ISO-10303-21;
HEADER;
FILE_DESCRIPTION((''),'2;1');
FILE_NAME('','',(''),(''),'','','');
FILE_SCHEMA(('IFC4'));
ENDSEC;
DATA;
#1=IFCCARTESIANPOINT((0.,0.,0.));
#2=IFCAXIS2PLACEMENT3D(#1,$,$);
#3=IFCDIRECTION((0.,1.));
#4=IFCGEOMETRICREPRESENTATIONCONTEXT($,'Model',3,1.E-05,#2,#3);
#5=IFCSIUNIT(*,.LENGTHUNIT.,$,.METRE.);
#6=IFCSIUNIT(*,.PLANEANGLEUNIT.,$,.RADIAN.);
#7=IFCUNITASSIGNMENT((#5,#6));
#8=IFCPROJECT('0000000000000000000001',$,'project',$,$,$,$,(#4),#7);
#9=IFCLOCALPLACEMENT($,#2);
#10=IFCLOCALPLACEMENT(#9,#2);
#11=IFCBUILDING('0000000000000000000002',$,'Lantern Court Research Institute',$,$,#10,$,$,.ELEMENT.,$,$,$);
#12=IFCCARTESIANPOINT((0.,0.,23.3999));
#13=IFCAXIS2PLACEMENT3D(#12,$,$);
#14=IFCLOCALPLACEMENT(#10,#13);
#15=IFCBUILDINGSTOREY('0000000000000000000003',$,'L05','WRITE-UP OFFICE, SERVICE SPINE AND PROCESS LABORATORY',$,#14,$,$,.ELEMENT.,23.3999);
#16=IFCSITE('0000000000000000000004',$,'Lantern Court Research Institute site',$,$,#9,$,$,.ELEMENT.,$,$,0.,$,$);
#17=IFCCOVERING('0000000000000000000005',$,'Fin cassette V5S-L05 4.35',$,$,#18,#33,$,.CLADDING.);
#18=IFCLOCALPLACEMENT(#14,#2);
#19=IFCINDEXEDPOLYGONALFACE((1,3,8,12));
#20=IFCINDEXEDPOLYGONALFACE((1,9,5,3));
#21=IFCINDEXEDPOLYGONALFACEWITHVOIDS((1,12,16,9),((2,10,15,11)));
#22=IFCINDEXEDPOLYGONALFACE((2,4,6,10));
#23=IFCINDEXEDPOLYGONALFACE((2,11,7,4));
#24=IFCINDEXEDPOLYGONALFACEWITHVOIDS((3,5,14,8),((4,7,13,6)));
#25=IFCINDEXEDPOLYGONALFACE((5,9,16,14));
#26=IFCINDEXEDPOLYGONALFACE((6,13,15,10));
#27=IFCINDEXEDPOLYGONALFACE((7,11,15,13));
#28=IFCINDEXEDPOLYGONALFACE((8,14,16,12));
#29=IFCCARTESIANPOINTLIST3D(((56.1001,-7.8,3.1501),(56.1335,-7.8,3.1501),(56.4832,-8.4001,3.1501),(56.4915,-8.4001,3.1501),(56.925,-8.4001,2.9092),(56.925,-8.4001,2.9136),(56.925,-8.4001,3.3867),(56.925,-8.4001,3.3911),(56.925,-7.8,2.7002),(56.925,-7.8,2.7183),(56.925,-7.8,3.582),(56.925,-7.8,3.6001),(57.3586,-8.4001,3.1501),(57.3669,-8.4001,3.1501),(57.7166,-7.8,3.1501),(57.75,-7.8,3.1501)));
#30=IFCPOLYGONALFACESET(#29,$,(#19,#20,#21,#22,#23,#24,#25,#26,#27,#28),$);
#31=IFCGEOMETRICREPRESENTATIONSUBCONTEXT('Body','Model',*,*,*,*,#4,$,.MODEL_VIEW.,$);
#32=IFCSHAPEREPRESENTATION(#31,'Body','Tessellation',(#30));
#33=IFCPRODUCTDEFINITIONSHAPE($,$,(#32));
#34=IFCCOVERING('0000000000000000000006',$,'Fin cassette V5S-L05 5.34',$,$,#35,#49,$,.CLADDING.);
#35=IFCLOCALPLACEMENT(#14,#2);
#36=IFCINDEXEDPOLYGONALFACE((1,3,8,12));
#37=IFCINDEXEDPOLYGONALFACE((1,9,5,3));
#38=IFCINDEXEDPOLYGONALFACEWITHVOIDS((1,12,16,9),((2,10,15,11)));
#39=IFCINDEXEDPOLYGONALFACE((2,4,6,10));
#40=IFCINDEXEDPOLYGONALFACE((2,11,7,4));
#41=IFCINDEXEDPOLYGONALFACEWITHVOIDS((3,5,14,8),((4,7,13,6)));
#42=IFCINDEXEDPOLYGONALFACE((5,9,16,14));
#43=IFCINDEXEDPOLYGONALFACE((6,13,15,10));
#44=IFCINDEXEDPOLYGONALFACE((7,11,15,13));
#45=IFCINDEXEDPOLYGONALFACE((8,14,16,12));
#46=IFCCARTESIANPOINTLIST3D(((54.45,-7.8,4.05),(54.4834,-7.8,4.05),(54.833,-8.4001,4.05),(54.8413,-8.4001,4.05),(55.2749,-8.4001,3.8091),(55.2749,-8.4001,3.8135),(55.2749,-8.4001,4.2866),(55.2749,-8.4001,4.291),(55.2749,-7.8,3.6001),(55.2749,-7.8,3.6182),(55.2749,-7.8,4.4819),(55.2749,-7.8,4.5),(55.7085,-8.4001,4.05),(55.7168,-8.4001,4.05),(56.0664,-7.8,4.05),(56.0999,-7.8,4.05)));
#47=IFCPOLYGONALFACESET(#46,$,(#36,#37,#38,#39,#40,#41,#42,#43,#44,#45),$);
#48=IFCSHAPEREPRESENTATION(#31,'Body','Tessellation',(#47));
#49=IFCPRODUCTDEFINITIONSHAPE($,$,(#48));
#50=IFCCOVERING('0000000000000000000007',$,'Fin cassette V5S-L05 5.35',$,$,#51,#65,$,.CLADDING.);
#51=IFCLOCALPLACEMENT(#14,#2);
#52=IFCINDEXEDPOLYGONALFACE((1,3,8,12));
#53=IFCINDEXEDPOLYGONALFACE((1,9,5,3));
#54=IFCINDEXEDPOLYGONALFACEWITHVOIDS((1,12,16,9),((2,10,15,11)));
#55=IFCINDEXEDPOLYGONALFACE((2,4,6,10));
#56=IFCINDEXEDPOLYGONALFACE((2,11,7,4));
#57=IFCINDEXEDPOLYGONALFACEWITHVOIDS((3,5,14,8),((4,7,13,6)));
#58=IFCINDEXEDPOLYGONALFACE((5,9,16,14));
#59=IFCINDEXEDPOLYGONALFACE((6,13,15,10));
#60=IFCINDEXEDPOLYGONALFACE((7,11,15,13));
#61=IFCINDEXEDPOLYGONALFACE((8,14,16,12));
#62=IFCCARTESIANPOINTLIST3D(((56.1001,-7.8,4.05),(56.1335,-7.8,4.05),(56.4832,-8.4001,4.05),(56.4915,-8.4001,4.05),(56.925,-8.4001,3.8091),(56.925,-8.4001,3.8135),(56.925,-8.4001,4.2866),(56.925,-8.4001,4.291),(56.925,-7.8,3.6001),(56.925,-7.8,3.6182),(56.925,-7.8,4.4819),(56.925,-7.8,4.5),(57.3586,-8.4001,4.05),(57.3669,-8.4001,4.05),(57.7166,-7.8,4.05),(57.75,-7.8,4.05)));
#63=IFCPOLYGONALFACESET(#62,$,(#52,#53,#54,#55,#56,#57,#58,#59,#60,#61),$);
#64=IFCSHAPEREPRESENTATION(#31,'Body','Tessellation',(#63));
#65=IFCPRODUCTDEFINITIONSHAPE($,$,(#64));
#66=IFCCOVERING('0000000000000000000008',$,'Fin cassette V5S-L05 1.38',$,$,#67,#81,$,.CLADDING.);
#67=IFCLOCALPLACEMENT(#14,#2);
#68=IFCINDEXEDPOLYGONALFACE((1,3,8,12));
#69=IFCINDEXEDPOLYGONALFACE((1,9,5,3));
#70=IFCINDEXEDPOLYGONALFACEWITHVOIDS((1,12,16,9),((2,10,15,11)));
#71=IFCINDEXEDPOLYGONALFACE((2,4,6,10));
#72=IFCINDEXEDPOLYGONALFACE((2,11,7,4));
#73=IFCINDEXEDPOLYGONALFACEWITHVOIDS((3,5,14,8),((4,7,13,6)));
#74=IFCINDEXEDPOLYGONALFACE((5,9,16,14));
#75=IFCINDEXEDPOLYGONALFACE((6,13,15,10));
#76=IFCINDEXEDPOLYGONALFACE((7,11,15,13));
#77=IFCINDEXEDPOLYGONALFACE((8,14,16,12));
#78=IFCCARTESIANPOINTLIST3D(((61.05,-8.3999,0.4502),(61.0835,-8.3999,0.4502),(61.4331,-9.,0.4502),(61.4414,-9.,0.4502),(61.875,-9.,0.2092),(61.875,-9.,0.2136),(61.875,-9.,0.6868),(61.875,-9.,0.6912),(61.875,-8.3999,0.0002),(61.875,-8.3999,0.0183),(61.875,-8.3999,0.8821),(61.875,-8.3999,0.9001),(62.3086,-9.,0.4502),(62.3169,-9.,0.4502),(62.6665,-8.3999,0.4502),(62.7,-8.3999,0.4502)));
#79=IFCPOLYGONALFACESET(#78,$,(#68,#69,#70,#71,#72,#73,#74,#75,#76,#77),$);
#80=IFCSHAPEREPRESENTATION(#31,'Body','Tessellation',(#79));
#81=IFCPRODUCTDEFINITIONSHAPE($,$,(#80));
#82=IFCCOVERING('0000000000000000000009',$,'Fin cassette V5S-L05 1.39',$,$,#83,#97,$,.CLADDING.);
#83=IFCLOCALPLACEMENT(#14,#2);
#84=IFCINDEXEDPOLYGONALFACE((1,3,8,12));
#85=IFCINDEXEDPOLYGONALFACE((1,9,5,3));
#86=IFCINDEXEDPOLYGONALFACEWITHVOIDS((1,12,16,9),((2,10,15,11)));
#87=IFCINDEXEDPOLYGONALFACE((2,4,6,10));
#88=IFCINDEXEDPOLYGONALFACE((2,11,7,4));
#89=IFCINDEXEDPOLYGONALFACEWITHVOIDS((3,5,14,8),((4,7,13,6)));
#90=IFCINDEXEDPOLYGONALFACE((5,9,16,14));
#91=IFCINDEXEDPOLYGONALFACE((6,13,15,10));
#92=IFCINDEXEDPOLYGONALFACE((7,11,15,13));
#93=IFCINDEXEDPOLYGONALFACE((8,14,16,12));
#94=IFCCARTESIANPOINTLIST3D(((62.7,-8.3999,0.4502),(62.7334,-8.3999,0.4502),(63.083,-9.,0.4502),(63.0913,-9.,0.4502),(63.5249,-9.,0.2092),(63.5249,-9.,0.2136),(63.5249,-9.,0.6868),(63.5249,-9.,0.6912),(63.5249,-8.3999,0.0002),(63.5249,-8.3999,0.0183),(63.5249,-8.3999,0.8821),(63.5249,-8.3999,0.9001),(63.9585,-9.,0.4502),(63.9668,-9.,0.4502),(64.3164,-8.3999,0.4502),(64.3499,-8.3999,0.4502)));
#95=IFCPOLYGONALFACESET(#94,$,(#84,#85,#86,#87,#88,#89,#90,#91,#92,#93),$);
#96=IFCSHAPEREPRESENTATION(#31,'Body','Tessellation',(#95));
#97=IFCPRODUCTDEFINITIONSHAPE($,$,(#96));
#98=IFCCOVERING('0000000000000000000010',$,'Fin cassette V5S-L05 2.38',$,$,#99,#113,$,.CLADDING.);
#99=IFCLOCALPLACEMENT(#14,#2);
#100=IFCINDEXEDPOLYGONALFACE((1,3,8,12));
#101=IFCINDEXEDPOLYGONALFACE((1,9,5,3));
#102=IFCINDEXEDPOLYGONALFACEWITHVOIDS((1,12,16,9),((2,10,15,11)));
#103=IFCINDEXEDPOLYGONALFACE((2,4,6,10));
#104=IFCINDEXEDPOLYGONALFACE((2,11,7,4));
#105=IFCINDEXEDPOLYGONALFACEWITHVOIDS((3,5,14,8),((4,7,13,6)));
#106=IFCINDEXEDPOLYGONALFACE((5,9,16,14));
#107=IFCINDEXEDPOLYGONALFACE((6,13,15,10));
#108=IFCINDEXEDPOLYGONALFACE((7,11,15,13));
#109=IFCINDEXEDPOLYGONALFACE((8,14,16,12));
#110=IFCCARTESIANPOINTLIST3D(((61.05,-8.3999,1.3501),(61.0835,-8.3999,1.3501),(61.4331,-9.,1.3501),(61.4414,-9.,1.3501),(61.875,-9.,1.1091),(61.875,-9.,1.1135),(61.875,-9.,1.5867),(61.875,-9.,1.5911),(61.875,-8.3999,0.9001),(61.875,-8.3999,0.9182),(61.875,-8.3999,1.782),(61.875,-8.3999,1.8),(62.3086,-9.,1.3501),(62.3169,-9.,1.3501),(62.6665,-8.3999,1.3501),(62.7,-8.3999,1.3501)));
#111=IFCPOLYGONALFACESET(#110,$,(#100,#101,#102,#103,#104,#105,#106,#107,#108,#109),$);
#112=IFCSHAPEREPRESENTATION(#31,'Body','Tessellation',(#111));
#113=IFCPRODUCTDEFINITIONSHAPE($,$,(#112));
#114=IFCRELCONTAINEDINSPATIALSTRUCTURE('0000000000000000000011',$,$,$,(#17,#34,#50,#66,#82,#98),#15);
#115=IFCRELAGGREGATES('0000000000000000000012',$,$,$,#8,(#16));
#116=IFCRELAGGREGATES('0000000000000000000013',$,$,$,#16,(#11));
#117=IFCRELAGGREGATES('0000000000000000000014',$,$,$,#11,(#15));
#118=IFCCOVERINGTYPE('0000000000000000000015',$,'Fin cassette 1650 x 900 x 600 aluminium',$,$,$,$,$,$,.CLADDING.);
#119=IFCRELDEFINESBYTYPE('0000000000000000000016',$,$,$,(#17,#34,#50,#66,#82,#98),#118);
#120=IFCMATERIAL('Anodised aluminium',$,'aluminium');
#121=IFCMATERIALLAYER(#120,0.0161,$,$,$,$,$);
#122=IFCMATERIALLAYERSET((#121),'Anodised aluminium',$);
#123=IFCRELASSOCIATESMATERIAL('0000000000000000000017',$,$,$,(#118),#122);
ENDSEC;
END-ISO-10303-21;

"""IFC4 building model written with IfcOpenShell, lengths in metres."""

from ifc_helpers import new_model, entity, si_unit, direction, frame, origin, place, context, subcontext, project, spatial, material, layer, layer_set, type_object, element, save


model = new_model("IFC4")

# Units and contexts
model_context = context("Model", 3, precision=1e-05, world=origin(), true_north=direction((0.0, 1.0)))
body_context = subcontext(model_context, "Body", "Model", "MODEL_VIEW")
ifc_project = project(units=[si_unit("LENGTHUNIT", "METRE"), si_unit("PLANEANGLEUNIT", "RADIAN")], contexts=[model_context])

# Site, building, storey
site_placement = place(None, origin())
site = spatial("IfcSite", under=ifc_project, at=site_placement, Name="Lantern Court Research Institute site", CompositionType="ELEMENT", RefElevation=0.0)
building_placement = place(site_placement, origin())
building = spatial("IfcBuilding", under=site, at=building_placement, Name="Lantern Court Research Institute", CompositionType="ELEMENT")
storey_placement = place(building_placement, frame((0.0, 0.0, 23.3999)))
storey = spatial("IfcBuildingStorey", under=building, at=storey_placement, Name="L05", Description="WRITE-UP OFFICE, SERVICE SPINE AND PROCESS LABORATORY", CompositionType="ELEMENT", Elevation=23.3999)

# Coverings
ifc_material_1 = material(Name="Anodised aluminium", Category="aluminium")
ifc_layer_1 = layer(ifc_material_1, 0.0161)
ifc_layer_set_1 = layer_set([ifc_layer_1], Name="Anodised aluminium")
covering_type = type_object("IfcCoveringType", Name="Fin cassette 1650 x 900 x 600 aluminium", PredefinedType="CLADDING", material=ifc_layer_set_1)
covering_1_placement = place(storey_placement, frame((56.925, -7.8, 3.1501), z_axis=(0.0, -1.0, 0.0), x_axis=(1.0, 0.0, 0.0)))
cartesian_point_1 = entity("IfcCartesianPoint", [0.825, 0.0])
cartesian_point_2 = entity("IfcCartesianPoint", [0.7915, 0.0])
cartesian_point_3 = entity("IfcCartesianPoint", [0.4419, 0.0])
cartesian_point_4 = entity("IfcCartesianPoint", [0.4336, 0.0])
element("IfcCovering", 1, at=covering_1_placement, inside=storey, type_object=covering_type, Name="Fin cassette V5S-L05 4.35", PredefinedType="CLADDING", context=body_context, shape_type="SweptSolid", body=[
    entity("IfcExtrudedAreaSolidTapered", entity("IfcArbitraryProfileDefWithVoids", "AREA", None, entity("IfcPolyline", [cartesian_point_1, entity("IfcCartesianPoint", [0.0, 0.45]), entity("IfcCartesianPoint", [-0.825, 0.0]), entity("IfcCartesianPoint", [0.0, -0.45]), cartesian_point_1]), [entity("IfcPolyline", [cartesian_point_2, entity("IfcCartesianPoint", [0.0, 0.4319]), entity("IfcCartesianPoint", [-0.7915, 0.0]), entity("IfcCartesianPoint", [0.0, -0.4319]), cartesian_point_2])]), entity("IfcAxis2Placement3D", entity("IfcCartesianPoint", [0.0, 0.0, 0.0])), entity("IfcDirection", [0.0, 0.0, 1.0]), 0.6001, entity("IfcArbitraryProfileDefWithVoids", "AREA", None, entity("IfcPolyline", [cartesian_point_3, entity("IfcCartesianPoint", [0.0, 0.241]), entity("IfcCartesianPoint", [-0.4419, 0.0]), entity("IfcCartesianPoint", [0.0, -0.241]), cartesian_point_3]), [entity("IfcPolyline", [cartesian_point_4, entity("IfcCartesianPoint", [0.0, 0.2366]), entity("IfcCartesianPoint", [-0.4336, 0.0]), entity("IfcCartesianPoint", [0.0, -0.2366]), cartesian_point_4])])),
])
covering_2_placement = place(storey_placement, frame((55.2749, -7.8, 4.05), z_axis=(0.0, -1.0, 0.0), x_axis=(1.0, 0.0, 0.0)))
cartesian_point_5 = entity("IfcCartesianPoint", [0.825, 0.0])
cartesian_point_6 = entity("IfcCartesianPoint", [0.7915, 0.0])
cartesian_point_7 = entity("IfcCartesianPoint", [0.4419, 0.0])
cartesian_point_8 = entity("IfcCartesianPoint", [0.4336, 0.0])
element("IfcCovering", 2, at=covering_2_placement, inside=storey, type_object=covering_type, Name="Fin cassette V5S-L05 5.34", PredefinedType="CLADDING", context=body_context, shape_type="SweptSolid", body=[
    entity("IfcExtrudedAreaSolidTapered", entity("IfcArbitraryProfileDefWithVoids", "AREA", None, entity("IfcPolyline", [cartesian_point_5, entity("IfcCartesianPoint", [0.0, 0.45]), entity("IfcCartesianPoint", [-0.825, 0.0]), entity("IfcCartesianPoint", [0.0, -0.45]), cartesian_point_5]), [entity("IfcPolyline", [cartesian_point_6, entity("IfcCartesianPoint", [0.0, 0.4319]), entity("IfcCartesianPoint", [-0.7915, 0.0]), entity("IfcCartesianPoint", [0.0, -0.4319]), cartesian_point_6])]), entity("IfcAxis2Placement3D", entity("IfcCartesianPoint", [0.0, 0.0, 0.0])), entity("IfcDirection", [0.0, 0.0, 1.0]), 0.6001, entity("IfcArbitraryProfileDefWithVoids", "AREA", None, entity("IfcPolyline", [cartesian_point_7, entity("IfcCartesianPoint", [0.0, 0.241]), entity("IfcCartesianPoint", [-0.4419, 0.0]), entity("IfcCartesianPoint", [0.0, -0.241]), cartesian_point_7]), [entity("IfcPolyline", [cartesian_point_8, entity("IfcCartesianPoint", [0.0, 0.2366]), entity("IfcCartesianPoint", [-0.4336, 0.0]), entity("IfcCartesianPoint", [0.0, -0.2366]), cartesian_point_8])])),
])
covering_3_placement = place(storey_placement, frame((56.925, -7.8, 4.05), z_axis=(0.0, -1.0, 0.0), x_axis=(1.0, 0.0, 0.0)))
cartesian_point_9 = entity("IfcCartesianPoint", [0.825, 0.0])
cartesian_point_10 = entity("IfcCartesianPoint", [0.7915, 0.0])
cartesian_point_11 = entity("IfcCartesianPoint", [0.4419, 0.0])
cartesian_point_12 = entity("IfcCartesianPoint", [0.4336, 0.0])
element("IfcCovering", 3, at=covering_3_placement, inside=storey, type_object=covering_type, Name="Fin cassette V5S-L05 5.35", PredefinedType="CLADDING", context=body_context, shape_type="SweptSolid", body=[
    entity("IfcExtrudedAreaSolidTapered", entity("IfcArbitraryProfileDefWithVoids", "AREA", None, entity("IfcPolyline", [cartesian_point_9, entity("IfcCartesianPoint", [0.0, 0.45]), entity("IfcCartesianPoint", [-0.825, 0.0]), entity("IfcCartesianPoint", [0.0, -0.45]), cartesian_point_9]), [entity("IfcPolyline", [cartesian_point_10, entity("IfcCartesianPoint", [0.0, 0.4319]), entity("IfcCartesianPoint", [-0.7915, 0.0]), entity("IfcCartesianPoint", [0.0, -0.4319]), cartesian_point_10])]), entity("IfcAxis2Placement3D", entity("IfcCartesianPoint", [0.0, 0.0, 0.0])), entity("IfcDirection", [0.0, 0.0, 1.0]), 0.6001, entity("IfcArbitraryProfileDefWithVoids", "AREA", None, entity("IfcPolyline", [cartesian_point_11, entity("IfcCartesianPoint", [0.0, 0.241]), entity("IfcCartesianPoint", [-0.4419, 0.0]), entity("IfcCartesianPoint", [0.0, -0.241]), cartesian_point_11]), [entity("IfcPolyline", [cartesian_point_12, entity("IfcCartesianPoint", [0.0, 0.2366]), entity("IfcCartesianPoint", [-0.4336, 0.0]), entity("IfcCartesianPoint", [0.0, -0.2366]), cartesian_point_12])])),
])
covering_4_placement = place(storey_placement, frame((61.875, -8.3999, 0.4502), z_axis=(0.0, -1.0, 0.0), x_axis=(1.0, 0.0, 0.0)))
cartesian_point_13 = entity("IfcCartesianPoint", [0.825, 0.0])
cartesian_point_14 = entity("IfcCartesianPoint", [0.7915, 0.0])
cartesian_point_15 = entity("IfcCartesianPoint", [0.4419, 0.0])
cartesian_point_16 = entity("IfcCartesianPoint", [0.4336, 0.0])
element("IfcCovering", 4, at=covering_4_placement, inside=storey, type_object=covering_type, Name="Fin cassette V5S-L05 1.38", PredefinedType="CLADDING", context=body_context, shape_type="SweptSolid", body=[
    entity("IfcExtrudedAreaSolidTapered", entity("IfcArbitraryProfileDefWithVoids", "AREA", None, entity("IfcPolyline", [cartesian_point_13, entity("IfcCartesianPoint", [0.0, 0.45]), entity("IfcCartesianPoint", [-0.825, 0.0]), entity("IfcCartesianPoint", [0.0, -0.45]), cartesian_point_13]), [entity("IfcPolyline", [cartesian_point_14, entity("IfcCartesianPoint", [0.0, 0.4319]), entity("IfcCartesianPoint", [-0.7915, 0.0]), entity("IfcCartesianPoint", [0.0, -0.4319]), cartesian_point_14])]), entity("IfcAxis2Placement3D", entity("IfcCartesianPoint", [0.0, 0.0, 0.0])), entity("IfcDirection", [0.0, 0.0, 1.0]), 0.6001, entity("IfcArbitraryProfileDefWithVoids", "AREA", None, entity("IfcPolyline", [cartesian_point_15, entity("IfcCartesianPoint", [0.0, 0.241]), entity("IfcCartesianPoint", [-0.4419, 0.0]), entity("IfcCartesianPoint", [0.0, -0.241]), cartesian_point_15]), [entity("IfcPolyline", [cartesian_point_16, entity("IfcCartesianPoint", [0.0, 0.2366]), entity("IfcCartesianPoint", [-0.4336, 0.0]), entity("IfcCartesianPoint", [0.0, -0.2366]), cartesian_point_16])])),
])
covering_5_placement = place(storey_placement, frame((63.5249, -8.3999, 0.4502), z_axis=(0.0, -1.0, 0.0), x_axis=(1.0, 0.0, 0.0)))
cartesian_point_17 = entity("IfcCartesianPoint", [0.825, 0.0])
cartesian_point_18 = entity("IfcCartesianPoint", [0.7915, 0.0])
cartesian_point_19 = entity("IfcCartesianPoint", [0.4419, 0.0])
cartesian_point_20 = entity("IfcCartesianPoint", [0.4336, 0.0])
element("IfcCovering", 5, at=covering_5_placement, inside=storey, type_object=covering_type, Name="Fin cassette V5S-L05 1.39", PredefinedType="CLADDING", context=body_context, shape_type="SweptSolid", body=[
    entity("IfcExtrudedAreaSolidTapered", entity("IfcArbitraryProfileDefWithVoids", "AREA", None, entity("IfcPolyline", [cartesian_point_17, entity("IfcCartesianPoint", [0.0, 0.45]), entity("IfcCartesianPoint", [-0.825, 0.0]), entity("IfcCartesianPoint", [0.0, -0.45]), cartesian_point_17]), [entity("IfcPolyline", [cartesian_point_18, entity("IfcCartesianPoint", [0.0, 0.4319]), entity("IfcCartesianPoint", [-0.7915, 0.0]), entity("IfcCartesianPoint", [0.0, -0.4319]), cartesian_point_18])]), entity("IfcAxis2Placement3D", entity("IfcCartesianPoint", [0.0, 0.0, 0.0])), entity("IfcDirection", [0.0, 0.0, 1.0]), 0.6001, entity("IfcArbitraryProfileDefWithVoids", "AREA", None, entity("IfcPolyline", [cartesian_point_19, entity("IfcCartesianPoint", [0.0, 0.241]), entity("IfcCartesianPoint", [-0.4419, 0.0]), entity("IfcCartesianPoint", [0.0, -0.241]), cartesian_point_19]), [entity("IfcPolyline", [cartesian_point_20, entity("IfcCartesianPoint", [0.0, 0.2366]), entity("IfcCartesianPoint", [-0.4336, 0.0]), entity("IfcCartesianPoint", [0.0, -0.2366]), cartesian_point_20])])),
])
covering_6_placement = place(storey_placement, frame((61.875, -8.3999, 1.3501), z_axis=(0.0, -1.0, 0.0), x_axis=(1.0, 0.0, 0.0)))
cartesian_point_21 = entity("IfcCartesianPoint", [0.825, 0.0])
cartesian_point_22 = entity("IfcCartesianPoint", [0.7915, 0.0])
cartesian_point_23 = entity("IfcCartesianPoint", [0.4419, 0.0])
cartesian_point_24 = entity("IfcCartesianPoint", [0.4336, 0.0])
element("IfcCovering", 6, at=covering_6_placement, inside=storey, type_object=covering_type, Name="Fin cassette V5S-L05 2.38", PredefinedType="CLADDING", context=body_context, shape_type="SweptSolid", body=[
    entity("IfcExtrudedAreaSolidTapered", entity("IfcArbitraryProfileDefWithVoids", "AREA", None, entity("IfcPolyline", [cartesian_point_21, entity("IfcCartesianPoint", [0.0, 0.45]), entity("IfcCartesianPoint", [-0.825, 0.0]), entity("IfcCartesianPoint", [0.0, -0.45]), cartesian_point_21]), [entity("IfcPolyline", [cartesian_point_22, entity("IfcCartesianPoint", [0.0, 0.4319]), entity("IfcCartesianPoint", [-0.7915, 0.0]), entity("IfcCartesianPoint", [0.0, -0.4319]), cartesian_point_22])]), entity("IfcAxis2Placement3D", entity("IfcCartesianPoint", [0.0, 0.0, 0.0])), entity("IfcDirection", [0.0, 0.0, 1.0]), 0.6001, entity("IfcArbitraryProfileDefWithVoids", "AREA", None, entity("IfcPolyline", [cartesian_point_23, entity("IfcCartesianPoint", [0.0, 0.241]), entity("IfcCartesianPoint", [-0.4419, 0.0]), entity("IfcCartesianPoint", [0.0, -0.241]), cartesian_point_23]), [entity("IfcPolyline", [cartesian_point_24, entity("IfcCartesianPoint", [0.0, 0.2366]), entity("IfcCartesianPoint", [-0.4336, 0.0]), entity("IfcCartesianPoint", [0.0, -0.2366]), cartesian_point_24])])),
])

save(model, "model.ifc")
